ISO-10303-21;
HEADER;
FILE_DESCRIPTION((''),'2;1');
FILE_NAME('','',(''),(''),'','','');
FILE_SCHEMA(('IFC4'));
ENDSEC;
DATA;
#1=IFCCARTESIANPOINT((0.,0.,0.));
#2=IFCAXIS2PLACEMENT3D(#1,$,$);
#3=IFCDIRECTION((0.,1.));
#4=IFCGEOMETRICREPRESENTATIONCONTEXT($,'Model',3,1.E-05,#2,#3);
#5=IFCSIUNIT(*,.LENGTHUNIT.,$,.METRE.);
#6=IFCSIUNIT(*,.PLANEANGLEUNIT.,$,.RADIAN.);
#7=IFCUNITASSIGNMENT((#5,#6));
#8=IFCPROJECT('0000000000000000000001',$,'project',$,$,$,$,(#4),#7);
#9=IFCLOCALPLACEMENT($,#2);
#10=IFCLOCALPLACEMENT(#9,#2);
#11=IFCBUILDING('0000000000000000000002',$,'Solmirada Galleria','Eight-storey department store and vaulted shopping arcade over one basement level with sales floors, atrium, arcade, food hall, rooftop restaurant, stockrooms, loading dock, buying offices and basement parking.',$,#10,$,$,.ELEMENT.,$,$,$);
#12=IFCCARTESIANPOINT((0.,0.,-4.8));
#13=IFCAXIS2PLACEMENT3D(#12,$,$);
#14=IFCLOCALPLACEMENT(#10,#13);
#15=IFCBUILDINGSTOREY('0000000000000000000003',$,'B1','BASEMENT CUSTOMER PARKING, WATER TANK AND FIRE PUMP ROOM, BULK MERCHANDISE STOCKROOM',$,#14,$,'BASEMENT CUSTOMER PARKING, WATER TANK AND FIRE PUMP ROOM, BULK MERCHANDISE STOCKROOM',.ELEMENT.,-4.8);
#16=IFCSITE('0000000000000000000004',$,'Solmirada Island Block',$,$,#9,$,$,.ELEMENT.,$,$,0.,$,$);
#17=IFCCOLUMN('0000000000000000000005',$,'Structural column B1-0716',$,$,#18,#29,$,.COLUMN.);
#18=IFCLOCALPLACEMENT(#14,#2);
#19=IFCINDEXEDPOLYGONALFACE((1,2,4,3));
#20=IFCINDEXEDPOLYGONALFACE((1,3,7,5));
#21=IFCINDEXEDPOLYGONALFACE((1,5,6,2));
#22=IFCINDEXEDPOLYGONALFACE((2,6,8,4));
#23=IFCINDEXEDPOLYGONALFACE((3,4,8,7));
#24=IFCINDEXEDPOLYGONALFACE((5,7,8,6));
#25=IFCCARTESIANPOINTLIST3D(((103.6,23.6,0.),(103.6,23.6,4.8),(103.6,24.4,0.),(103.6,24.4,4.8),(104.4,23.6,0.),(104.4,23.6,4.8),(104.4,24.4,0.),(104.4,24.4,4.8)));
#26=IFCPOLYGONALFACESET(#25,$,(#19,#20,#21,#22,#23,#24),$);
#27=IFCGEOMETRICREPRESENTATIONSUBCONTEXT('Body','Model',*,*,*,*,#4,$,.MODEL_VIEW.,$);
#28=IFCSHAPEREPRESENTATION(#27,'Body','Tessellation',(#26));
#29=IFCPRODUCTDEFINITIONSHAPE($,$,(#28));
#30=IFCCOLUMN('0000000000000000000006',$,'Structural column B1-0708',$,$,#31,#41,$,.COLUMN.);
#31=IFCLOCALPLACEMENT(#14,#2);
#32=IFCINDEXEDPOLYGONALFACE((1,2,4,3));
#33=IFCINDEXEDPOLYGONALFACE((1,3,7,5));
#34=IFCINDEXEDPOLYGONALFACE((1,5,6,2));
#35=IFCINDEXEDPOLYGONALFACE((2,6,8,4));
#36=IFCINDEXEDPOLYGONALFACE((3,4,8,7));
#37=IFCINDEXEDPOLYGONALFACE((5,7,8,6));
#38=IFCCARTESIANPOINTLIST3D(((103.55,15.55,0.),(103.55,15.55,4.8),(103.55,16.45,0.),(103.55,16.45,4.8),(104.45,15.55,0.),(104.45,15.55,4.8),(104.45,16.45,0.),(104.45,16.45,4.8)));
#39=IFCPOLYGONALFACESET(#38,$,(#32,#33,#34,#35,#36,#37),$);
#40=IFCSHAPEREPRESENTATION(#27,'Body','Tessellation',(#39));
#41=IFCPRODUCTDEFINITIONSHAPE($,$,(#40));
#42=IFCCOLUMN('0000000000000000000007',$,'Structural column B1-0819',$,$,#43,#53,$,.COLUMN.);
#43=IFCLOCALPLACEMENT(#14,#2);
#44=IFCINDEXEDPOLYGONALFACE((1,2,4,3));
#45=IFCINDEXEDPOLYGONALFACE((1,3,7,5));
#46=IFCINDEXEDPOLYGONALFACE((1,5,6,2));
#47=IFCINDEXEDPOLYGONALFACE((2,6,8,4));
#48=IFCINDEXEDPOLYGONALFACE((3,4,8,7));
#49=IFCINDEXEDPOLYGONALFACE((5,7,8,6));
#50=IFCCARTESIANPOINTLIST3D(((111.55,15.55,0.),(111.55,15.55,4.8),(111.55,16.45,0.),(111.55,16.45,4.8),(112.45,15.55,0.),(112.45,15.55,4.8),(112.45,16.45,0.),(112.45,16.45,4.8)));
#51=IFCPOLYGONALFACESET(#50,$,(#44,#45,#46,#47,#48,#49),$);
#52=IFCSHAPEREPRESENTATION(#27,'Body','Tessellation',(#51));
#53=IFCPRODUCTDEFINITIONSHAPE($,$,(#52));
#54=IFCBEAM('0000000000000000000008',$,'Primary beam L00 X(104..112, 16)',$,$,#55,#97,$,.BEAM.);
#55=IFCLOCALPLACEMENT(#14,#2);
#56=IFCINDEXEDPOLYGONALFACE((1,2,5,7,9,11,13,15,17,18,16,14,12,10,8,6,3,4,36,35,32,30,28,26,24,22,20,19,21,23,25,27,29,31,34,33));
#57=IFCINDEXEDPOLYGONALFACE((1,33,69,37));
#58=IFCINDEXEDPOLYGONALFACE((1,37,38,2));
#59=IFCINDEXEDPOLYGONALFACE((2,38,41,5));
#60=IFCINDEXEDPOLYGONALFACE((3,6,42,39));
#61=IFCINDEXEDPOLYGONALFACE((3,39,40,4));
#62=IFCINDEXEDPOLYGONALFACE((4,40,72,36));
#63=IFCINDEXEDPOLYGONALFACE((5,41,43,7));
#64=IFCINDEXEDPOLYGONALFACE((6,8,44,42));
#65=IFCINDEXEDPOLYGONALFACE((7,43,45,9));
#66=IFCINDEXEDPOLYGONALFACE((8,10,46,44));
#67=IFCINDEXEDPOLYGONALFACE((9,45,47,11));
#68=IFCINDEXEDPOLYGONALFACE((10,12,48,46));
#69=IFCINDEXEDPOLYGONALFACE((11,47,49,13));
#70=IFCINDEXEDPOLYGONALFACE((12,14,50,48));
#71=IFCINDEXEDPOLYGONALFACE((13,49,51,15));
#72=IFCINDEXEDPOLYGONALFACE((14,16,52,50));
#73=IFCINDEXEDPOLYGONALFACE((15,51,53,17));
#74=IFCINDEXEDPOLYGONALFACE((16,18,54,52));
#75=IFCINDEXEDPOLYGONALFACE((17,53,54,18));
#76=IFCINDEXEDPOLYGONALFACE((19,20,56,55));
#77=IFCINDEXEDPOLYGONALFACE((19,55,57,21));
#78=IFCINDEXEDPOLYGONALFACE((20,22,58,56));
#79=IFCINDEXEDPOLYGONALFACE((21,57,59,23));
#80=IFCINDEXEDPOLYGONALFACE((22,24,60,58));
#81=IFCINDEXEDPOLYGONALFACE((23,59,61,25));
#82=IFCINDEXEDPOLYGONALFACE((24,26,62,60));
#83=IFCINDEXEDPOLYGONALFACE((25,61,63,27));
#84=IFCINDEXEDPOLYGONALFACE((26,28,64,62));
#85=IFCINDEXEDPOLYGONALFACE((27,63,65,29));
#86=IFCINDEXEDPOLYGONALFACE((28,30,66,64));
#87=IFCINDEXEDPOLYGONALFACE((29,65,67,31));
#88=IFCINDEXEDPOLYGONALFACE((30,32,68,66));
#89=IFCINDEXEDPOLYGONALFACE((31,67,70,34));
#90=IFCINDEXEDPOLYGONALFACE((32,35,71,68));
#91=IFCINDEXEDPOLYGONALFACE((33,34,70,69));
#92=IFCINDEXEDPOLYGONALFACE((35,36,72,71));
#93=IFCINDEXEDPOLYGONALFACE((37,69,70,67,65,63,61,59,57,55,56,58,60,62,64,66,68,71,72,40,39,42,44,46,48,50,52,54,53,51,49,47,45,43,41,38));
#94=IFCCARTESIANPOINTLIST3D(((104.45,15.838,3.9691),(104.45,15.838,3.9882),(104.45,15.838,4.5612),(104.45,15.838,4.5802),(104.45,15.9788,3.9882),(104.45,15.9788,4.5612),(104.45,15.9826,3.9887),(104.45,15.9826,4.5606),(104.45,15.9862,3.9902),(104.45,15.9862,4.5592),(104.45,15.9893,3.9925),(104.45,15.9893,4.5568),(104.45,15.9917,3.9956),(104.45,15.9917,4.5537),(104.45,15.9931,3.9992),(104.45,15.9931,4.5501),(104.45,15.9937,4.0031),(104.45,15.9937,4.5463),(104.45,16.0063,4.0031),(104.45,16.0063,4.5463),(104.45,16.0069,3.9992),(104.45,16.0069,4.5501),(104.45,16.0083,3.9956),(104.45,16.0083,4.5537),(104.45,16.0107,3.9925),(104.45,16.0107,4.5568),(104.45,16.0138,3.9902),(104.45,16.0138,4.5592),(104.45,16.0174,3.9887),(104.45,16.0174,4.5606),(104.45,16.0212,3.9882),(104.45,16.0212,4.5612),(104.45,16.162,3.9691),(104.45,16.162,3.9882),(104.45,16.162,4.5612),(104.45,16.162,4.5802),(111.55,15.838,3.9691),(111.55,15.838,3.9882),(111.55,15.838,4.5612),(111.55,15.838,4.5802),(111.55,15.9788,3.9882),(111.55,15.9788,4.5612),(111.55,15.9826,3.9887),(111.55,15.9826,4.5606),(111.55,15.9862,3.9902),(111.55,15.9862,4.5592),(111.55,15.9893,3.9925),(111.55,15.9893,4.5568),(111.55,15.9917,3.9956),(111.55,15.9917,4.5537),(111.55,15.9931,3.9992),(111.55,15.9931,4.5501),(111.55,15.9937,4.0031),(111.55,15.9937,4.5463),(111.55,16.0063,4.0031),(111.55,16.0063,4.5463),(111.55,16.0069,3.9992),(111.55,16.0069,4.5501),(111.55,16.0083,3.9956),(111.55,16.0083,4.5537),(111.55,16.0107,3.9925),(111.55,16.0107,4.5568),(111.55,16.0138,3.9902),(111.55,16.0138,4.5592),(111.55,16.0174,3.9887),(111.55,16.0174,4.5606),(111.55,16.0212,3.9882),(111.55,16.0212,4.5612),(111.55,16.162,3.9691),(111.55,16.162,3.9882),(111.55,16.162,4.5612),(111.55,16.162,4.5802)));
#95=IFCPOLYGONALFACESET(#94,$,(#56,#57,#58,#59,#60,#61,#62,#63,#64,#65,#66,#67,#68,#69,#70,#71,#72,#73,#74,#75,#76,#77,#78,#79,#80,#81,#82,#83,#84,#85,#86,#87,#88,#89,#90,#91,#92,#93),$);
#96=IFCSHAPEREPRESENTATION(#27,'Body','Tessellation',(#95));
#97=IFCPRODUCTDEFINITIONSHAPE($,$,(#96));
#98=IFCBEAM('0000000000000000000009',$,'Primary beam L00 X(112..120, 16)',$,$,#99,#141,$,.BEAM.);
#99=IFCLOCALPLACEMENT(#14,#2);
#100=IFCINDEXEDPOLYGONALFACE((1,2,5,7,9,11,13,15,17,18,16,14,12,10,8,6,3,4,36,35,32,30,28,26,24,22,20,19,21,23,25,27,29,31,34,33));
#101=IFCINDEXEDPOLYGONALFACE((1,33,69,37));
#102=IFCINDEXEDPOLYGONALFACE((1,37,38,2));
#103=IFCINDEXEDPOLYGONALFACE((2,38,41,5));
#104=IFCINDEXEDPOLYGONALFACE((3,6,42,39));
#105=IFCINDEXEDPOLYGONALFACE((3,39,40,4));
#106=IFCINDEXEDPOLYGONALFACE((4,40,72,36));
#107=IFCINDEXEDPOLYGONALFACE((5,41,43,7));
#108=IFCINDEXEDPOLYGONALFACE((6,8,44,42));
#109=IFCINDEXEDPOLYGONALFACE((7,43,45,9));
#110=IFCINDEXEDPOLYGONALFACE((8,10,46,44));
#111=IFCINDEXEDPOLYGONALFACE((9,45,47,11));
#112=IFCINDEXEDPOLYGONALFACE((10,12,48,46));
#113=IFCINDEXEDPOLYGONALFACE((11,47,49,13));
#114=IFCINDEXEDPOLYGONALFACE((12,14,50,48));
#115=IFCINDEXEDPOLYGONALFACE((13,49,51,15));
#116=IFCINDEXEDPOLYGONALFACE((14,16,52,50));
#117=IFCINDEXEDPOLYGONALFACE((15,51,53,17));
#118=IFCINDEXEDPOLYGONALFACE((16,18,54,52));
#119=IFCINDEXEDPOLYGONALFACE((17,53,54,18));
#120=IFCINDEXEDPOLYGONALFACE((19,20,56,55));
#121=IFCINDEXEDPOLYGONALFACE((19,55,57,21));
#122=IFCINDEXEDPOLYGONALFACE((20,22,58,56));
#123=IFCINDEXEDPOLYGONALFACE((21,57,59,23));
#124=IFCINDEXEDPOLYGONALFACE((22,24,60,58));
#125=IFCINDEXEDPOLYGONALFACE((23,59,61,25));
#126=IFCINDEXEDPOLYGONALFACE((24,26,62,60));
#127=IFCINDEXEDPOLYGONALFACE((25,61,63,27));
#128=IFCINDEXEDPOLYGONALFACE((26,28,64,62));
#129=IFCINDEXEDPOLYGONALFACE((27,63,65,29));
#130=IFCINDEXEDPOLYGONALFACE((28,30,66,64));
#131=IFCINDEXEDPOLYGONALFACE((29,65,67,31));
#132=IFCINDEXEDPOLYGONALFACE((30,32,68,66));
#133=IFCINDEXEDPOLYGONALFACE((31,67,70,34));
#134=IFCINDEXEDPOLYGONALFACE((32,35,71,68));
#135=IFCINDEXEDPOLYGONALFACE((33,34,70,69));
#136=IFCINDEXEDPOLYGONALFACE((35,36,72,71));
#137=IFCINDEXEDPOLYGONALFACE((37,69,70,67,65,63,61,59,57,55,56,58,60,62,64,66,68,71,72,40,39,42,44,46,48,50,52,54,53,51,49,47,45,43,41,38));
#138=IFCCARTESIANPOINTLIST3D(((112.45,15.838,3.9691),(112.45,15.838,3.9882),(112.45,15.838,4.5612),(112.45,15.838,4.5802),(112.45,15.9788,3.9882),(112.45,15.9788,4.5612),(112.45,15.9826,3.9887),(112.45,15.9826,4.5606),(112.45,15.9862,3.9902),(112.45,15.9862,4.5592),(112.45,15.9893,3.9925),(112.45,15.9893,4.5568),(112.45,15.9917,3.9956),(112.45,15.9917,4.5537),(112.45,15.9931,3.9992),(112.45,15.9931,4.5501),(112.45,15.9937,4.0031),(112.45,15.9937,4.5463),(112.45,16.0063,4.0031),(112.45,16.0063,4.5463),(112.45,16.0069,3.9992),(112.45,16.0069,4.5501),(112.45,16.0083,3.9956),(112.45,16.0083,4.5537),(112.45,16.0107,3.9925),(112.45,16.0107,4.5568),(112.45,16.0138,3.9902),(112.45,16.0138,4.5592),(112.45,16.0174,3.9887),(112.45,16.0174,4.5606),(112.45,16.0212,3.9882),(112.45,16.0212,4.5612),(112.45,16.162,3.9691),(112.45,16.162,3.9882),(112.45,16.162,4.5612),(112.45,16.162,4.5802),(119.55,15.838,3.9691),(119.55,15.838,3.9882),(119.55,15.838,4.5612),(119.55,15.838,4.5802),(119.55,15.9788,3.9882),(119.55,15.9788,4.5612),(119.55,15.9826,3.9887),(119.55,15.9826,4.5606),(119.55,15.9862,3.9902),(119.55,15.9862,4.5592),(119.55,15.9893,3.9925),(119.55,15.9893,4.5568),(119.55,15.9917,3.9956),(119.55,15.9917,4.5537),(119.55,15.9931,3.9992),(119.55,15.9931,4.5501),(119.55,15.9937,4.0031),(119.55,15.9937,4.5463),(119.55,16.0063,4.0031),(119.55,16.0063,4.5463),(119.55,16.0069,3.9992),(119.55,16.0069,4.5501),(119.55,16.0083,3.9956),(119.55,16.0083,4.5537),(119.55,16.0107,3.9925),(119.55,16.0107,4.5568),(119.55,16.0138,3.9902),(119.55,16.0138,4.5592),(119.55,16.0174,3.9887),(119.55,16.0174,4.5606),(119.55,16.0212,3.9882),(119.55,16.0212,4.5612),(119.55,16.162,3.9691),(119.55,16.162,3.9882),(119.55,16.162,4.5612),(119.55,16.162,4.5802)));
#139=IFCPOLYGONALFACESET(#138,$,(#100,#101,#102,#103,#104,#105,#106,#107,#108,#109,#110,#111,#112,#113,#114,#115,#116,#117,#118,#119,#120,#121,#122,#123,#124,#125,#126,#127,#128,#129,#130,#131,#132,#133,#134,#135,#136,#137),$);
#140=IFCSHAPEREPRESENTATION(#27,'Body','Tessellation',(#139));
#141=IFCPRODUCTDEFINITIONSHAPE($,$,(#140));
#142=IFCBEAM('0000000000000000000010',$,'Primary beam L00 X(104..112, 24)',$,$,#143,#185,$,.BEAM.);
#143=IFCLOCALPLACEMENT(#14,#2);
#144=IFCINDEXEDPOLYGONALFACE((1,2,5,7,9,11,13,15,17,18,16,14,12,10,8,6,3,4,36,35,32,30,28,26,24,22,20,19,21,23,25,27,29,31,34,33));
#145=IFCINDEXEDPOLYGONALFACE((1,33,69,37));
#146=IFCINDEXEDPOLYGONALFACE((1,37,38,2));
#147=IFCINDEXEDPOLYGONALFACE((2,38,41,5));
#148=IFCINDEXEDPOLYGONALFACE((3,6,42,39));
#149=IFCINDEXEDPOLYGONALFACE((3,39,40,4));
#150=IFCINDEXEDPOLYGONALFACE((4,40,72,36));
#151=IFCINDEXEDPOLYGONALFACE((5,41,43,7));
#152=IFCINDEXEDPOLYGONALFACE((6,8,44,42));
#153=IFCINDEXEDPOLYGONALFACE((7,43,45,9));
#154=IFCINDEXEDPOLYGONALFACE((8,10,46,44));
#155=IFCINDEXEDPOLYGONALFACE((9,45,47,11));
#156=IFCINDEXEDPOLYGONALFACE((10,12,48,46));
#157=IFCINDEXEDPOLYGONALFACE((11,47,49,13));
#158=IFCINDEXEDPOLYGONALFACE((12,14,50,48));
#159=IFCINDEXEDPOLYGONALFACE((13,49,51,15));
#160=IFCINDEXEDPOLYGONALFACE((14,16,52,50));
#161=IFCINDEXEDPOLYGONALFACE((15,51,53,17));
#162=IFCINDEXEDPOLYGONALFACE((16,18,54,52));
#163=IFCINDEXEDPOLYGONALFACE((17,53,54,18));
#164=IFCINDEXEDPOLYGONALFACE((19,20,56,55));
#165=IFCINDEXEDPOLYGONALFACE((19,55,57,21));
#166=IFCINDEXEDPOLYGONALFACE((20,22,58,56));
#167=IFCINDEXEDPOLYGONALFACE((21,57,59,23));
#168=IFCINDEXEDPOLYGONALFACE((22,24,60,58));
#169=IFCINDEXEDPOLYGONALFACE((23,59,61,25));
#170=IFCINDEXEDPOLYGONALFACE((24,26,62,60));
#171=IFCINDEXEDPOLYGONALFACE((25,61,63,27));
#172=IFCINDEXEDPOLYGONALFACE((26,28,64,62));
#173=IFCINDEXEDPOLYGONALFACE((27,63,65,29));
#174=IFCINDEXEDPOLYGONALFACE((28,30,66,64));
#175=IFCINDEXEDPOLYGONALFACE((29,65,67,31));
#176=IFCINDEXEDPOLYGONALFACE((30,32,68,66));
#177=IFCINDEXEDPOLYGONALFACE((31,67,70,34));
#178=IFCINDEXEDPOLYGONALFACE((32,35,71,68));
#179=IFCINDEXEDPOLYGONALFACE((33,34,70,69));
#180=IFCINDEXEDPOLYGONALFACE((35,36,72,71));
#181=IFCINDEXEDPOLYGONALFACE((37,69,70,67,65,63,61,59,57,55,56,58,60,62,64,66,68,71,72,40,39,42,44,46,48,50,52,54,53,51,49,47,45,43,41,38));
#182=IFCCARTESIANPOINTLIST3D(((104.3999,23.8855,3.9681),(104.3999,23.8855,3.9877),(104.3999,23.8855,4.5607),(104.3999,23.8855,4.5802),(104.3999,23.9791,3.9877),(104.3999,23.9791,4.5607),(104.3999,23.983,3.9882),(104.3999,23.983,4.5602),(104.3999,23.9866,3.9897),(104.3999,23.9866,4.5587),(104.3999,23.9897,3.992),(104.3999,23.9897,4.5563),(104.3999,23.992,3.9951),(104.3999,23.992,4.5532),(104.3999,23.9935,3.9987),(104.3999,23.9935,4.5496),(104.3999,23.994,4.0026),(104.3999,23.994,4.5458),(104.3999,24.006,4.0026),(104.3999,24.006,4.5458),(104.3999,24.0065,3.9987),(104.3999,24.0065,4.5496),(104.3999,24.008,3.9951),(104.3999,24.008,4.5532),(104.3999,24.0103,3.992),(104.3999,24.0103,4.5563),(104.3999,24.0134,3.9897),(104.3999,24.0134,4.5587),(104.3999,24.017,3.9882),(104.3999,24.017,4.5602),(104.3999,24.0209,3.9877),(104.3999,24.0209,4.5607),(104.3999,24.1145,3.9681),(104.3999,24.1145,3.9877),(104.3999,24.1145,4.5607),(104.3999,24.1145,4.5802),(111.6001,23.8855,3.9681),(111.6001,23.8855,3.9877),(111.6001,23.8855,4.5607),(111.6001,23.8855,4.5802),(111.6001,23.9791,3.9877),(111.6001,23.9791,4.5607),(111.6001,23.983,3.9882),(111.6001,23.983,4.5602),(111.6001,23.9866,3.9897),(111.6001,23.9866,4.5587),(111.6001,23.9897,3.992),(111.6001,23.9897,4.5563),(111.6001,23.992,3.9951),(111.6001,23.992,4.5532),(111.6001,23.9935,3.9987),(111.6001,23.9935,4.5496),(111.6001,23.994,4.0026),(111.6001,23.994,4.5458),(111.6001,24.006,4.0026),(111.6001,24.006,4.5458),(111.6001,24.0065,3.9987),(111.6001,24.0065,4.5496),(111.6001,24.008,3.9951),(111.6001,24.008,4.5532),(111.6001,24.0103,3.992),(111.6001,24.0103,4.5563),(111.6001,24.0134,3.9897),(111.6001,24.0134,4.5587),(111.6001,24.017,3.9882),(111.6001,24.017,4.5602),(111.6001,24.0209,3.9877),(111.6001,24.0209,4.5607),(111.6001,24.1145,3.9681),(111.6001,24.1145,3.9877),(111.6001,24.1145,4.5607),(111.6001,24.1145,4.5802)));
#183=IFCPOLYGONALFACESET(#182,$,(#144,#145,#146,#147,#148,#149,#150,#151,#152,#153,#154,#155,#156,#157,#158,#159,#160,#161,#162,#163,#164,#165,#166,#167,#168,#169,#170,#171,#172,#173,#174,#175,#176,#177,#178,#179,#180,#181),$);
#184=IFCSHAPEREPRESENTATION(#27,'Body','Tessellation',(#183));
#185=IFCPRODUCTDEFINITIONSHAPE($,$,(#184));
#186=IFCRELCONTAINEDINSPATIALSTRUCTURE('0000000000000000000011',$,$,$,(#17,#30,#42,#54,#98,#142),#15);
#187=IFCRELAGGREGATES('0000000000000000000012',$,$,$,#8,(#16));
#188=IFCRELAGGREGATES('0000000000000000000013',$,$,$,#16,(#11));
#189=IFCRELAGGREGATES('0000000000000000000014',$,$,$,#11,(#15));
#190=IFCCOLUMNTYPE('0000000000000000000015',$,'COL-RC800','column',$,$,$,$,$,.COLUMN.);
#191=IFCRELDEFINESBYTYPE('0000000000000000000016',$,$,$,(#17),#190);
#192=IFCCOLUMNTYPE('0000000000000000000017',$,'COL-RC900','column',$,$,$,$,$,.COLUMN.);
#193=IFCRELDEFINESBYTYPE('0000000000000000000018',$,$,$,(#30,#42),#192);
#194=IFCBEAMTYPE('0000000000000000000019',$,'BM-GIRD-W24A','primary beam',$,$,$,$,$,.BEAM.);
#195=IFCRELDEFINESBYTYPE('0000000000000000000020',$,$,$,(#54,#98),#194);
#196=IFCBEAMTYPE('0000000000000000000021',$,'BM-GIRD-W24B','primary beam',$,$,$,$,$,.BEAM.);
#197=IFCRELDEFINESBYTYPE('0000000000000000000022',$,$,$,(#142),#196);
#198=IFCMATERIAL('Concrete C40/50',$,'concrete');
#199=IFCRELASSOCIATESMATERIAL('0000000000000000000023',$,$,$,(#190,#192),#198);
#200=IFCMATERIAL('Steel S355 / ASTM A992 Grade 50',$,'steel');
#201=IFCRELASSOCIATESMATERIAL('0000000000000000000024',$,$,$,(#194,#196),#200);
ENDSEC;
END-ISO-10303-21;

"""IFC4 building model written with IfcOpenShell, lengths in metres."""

from ifc_helpers import new_model, si_unit, direction, frame, origin, origin_2d, place, context, subcontext, project, spatial, rectangle, i_section, extrude, material, material_profile, profile_set, type_object, element, save


model = new_model("IFC4")

# Units and contexts
model_context = context("Model", 3, precision=1e-05, world=origin(), true_north=direction((0.0, 1.0)))
body_context = subcontext(model_context, "Body", "Model", "MODEL_VIEW")
ifc_project = project(units=[si_unit("LENGTHUNIT", "METRE"), si_unit("PLANEANGLEUNIT", "RADIAN")], contexts=[model_context])

# Site, building, storey
site_placement = place(None, origin())
site = spatial("IfcSite", under=ifc_project, at=site_placement, Name="Solmirada Island Block", CompositionType="ELEMENT", RefElevation=0.0)
building_placement = place(site_placement, origin())
building = spatial("IfcBuilding", under=site, at=building_placement, Name="Solmirada Galleria", Description="Eight-storey department store and vaulted shopping arcade over one basement level with sales floors, atrium, arcade, food hall, rooftop restaurant, stockrooms, loading dock, buying offices and basement parking.", CompositionType="ELEMENT")
storey_placement = place(building_placement, frame((0.0, 0.0, -4.8)))
storey = spatial("IfcBuildingStorey", under=building, at=storey_placement, Name="B1", Description="BASEMENT CUSTOMER PARKING, WATER TANK AND FIRE PUMP ROOM, BULK MERCHANDISE STOCKROOM", LongName="BASEMENT CUSTOMER PARKING, WATER TANK AND FIRE PUMP ROOM, BULK MERCHANDISE STOCKROOM", CompositionType="ELEMENT", Elevation=-4.8)

# Shared definitions
ifc_material_1 = material(Name="Concrete C40/50", Category="concrete")

# Columns
ifc_material_profile_1 = material_profile(ifc_material_1, rectangle(XDim=0.8, YDim=0.8, at=origin_2d()), Name="RC800X800")
ifc_profile_set_1 = profile_set([ifc_material_profile_1], Name="Concrete C40/50")
column_type_1 = type_object("IfcColumnType", Name="COL-RC800", Description="column", PredefinedType="COLUMN", material=ifc_profile_set_1)
column_placement = place(storey_placement, frame((104.0, 24.0, 0.0), z_axis=(0.0, 0.0, 1.0), x_axis=(1.0, 0.0, 0.0)))
element("IfcColumn", 1, at=column_placement, inside=storey, type_object=column_type_1, Name="Structural column B1-0716", PredefinedType="COLUMN", context=body_context, shape_type="SweptSolid", body=[
    extrude(rectangle(XDim=0.8, YDim=0.8, at=origin_2d()), origin(), (0.0, 0.0, 1.0), 4.8),
])
ifc_material_profile_2 = material_profile(ifc_material_1, rectangle(XDim=0.8999, YDim=0.8999, at=origin_2d()), Name="RC900X900")
ifc_profile_set_2 = profile_set([ifc_material_profile_2], Name="Concrete C40/50")
column_type_2 = type_object("IfcColumnType", Name="COL-RC900", Description="column", PredefinedType="COLUMN", material=ifc_profile_set_2)
for number, where, z_axis, x_axis, name in (
    (2, (104.0, 16.0, 0.0), (0.0, 0.0, 1.0), (1.0, 0.0, 0.0), "Structural column B1-0708"),
    (3, (112.0, 16.0, 0.0), (0.0, 0.0, 1.0), (1.0, 0.0, 0.0), "Structural column B1-0819"),
):
    element("IfcColumn", number, at=place(storey_placement, frame(where, z_axis=z_axis, x_axis=x_axis)), inside=storey, type_object=column_type_2, Name=name, PredefinedType="COLUMN", context=body_context, shape_type="SweptSolid", body=[
        extrude(rectangle(XDim=0.8999, YDim=0.8999, at=origin_2d()), origin(), (0.0, 0.0, 1.0), 4.8),
    ])

# Beams
ifc_material_2 = material(Name="Steel S355 / ASTM A992 Grade 50", Category="steel")
ifc_material_profile_3 = material_profile(ifc_material_2, i_section(OverallWidth=0.324, OverallDepth=0.6111, WebThickness=0.0127, FlangeThickness=0.019, FilletRadius=0.0149, at=origin_2d()), Name="W24X104")
ifc_profile_set_3 = profile_set([ifc_material_profile_3], Name="Steel S355 / ASTM A992 Grade 50")
beam_type_1 = type_object("IfcBeamType", Name="BM-GIRD-W24A", Description="primary beam", PredefinedType="BEAM", material=ifc_profile_set_3)
for number, where, z_axis, x_axis, name in (
    (4, (104.45, 16.0, 4.2747), (1.0, 0.0, 0.0), (0.0, 1.0, 0.0), "Primary beam L00 X(104..112, 16)"),
    (5, (112.45, 16.0, 4.2747), (1.0, 0.0, 0.0), (0.0, 1.0, 0.0), "Primary beam L00 X(112..120, 16)"),
):
    element("IfcBeam", number, at=place(storey_placement, frame(where, z_axis=z_axis, x_axis=x_axis)), inside=storey, type_object=beam_type_1, Name=name, PredefinedType="BEAM", context=body_context, shape_type="SweptSolid", body=[
        extrude(i_section(OverallWidth=0.324, OverallDepth=0.6111, WebThickness=0.0127, FlangeThickness=0.019, FilletRadius=0.0149, at=origin_2d()), origin(), (0.0, 0.0, 1.0), 7.1001),
    ])
ifc_material_profile_4 = material_profile(ifc_material_2, i_section(OverallWidth=0.229, OverallDepth=0.6121, WebThickness=0.012, FlangeThickness=0.0195, FilletRadius=0.0149, at=origin_2d()), Name="W24X84")
ifc_profile_set_4 = profile_set([ifc_material_profile_4], Name="Steel S355 / ASTM A992 Grade 50")
beam_type_2 = type_object("IfcBeamType", Name="BM-GIRD-W24B", Description="primary beam", PredefinedType="BEAM", material=ifc_profile_set_4)
beam_1_placement = place(storey_placement, frame((104.3999, 24.0, 4.2742), z_axis=(1.0, 0.0, 0.0), x_axis=(0.0, 1.0, 0.0)))
element("IfcBeam", 6, at=beam_1_placement, inside=storey, type_object=beam_type_2, Name="Primary beam L00 X(104..112, 24)", PredefinedType="BEAM", context=body_context, shape_type="SweptSolid", body=[
    extrude(i_section(OverallWidth=0.229, OverallDepth=0.6121, WebThickness=0.012, FlangeThickness=0.0195, FilletRadius=0.0149, at=origin_2d()), origin(), (0.0, 0.0, 1.0), 7.2002),
])

save(model, "model.ifc")
